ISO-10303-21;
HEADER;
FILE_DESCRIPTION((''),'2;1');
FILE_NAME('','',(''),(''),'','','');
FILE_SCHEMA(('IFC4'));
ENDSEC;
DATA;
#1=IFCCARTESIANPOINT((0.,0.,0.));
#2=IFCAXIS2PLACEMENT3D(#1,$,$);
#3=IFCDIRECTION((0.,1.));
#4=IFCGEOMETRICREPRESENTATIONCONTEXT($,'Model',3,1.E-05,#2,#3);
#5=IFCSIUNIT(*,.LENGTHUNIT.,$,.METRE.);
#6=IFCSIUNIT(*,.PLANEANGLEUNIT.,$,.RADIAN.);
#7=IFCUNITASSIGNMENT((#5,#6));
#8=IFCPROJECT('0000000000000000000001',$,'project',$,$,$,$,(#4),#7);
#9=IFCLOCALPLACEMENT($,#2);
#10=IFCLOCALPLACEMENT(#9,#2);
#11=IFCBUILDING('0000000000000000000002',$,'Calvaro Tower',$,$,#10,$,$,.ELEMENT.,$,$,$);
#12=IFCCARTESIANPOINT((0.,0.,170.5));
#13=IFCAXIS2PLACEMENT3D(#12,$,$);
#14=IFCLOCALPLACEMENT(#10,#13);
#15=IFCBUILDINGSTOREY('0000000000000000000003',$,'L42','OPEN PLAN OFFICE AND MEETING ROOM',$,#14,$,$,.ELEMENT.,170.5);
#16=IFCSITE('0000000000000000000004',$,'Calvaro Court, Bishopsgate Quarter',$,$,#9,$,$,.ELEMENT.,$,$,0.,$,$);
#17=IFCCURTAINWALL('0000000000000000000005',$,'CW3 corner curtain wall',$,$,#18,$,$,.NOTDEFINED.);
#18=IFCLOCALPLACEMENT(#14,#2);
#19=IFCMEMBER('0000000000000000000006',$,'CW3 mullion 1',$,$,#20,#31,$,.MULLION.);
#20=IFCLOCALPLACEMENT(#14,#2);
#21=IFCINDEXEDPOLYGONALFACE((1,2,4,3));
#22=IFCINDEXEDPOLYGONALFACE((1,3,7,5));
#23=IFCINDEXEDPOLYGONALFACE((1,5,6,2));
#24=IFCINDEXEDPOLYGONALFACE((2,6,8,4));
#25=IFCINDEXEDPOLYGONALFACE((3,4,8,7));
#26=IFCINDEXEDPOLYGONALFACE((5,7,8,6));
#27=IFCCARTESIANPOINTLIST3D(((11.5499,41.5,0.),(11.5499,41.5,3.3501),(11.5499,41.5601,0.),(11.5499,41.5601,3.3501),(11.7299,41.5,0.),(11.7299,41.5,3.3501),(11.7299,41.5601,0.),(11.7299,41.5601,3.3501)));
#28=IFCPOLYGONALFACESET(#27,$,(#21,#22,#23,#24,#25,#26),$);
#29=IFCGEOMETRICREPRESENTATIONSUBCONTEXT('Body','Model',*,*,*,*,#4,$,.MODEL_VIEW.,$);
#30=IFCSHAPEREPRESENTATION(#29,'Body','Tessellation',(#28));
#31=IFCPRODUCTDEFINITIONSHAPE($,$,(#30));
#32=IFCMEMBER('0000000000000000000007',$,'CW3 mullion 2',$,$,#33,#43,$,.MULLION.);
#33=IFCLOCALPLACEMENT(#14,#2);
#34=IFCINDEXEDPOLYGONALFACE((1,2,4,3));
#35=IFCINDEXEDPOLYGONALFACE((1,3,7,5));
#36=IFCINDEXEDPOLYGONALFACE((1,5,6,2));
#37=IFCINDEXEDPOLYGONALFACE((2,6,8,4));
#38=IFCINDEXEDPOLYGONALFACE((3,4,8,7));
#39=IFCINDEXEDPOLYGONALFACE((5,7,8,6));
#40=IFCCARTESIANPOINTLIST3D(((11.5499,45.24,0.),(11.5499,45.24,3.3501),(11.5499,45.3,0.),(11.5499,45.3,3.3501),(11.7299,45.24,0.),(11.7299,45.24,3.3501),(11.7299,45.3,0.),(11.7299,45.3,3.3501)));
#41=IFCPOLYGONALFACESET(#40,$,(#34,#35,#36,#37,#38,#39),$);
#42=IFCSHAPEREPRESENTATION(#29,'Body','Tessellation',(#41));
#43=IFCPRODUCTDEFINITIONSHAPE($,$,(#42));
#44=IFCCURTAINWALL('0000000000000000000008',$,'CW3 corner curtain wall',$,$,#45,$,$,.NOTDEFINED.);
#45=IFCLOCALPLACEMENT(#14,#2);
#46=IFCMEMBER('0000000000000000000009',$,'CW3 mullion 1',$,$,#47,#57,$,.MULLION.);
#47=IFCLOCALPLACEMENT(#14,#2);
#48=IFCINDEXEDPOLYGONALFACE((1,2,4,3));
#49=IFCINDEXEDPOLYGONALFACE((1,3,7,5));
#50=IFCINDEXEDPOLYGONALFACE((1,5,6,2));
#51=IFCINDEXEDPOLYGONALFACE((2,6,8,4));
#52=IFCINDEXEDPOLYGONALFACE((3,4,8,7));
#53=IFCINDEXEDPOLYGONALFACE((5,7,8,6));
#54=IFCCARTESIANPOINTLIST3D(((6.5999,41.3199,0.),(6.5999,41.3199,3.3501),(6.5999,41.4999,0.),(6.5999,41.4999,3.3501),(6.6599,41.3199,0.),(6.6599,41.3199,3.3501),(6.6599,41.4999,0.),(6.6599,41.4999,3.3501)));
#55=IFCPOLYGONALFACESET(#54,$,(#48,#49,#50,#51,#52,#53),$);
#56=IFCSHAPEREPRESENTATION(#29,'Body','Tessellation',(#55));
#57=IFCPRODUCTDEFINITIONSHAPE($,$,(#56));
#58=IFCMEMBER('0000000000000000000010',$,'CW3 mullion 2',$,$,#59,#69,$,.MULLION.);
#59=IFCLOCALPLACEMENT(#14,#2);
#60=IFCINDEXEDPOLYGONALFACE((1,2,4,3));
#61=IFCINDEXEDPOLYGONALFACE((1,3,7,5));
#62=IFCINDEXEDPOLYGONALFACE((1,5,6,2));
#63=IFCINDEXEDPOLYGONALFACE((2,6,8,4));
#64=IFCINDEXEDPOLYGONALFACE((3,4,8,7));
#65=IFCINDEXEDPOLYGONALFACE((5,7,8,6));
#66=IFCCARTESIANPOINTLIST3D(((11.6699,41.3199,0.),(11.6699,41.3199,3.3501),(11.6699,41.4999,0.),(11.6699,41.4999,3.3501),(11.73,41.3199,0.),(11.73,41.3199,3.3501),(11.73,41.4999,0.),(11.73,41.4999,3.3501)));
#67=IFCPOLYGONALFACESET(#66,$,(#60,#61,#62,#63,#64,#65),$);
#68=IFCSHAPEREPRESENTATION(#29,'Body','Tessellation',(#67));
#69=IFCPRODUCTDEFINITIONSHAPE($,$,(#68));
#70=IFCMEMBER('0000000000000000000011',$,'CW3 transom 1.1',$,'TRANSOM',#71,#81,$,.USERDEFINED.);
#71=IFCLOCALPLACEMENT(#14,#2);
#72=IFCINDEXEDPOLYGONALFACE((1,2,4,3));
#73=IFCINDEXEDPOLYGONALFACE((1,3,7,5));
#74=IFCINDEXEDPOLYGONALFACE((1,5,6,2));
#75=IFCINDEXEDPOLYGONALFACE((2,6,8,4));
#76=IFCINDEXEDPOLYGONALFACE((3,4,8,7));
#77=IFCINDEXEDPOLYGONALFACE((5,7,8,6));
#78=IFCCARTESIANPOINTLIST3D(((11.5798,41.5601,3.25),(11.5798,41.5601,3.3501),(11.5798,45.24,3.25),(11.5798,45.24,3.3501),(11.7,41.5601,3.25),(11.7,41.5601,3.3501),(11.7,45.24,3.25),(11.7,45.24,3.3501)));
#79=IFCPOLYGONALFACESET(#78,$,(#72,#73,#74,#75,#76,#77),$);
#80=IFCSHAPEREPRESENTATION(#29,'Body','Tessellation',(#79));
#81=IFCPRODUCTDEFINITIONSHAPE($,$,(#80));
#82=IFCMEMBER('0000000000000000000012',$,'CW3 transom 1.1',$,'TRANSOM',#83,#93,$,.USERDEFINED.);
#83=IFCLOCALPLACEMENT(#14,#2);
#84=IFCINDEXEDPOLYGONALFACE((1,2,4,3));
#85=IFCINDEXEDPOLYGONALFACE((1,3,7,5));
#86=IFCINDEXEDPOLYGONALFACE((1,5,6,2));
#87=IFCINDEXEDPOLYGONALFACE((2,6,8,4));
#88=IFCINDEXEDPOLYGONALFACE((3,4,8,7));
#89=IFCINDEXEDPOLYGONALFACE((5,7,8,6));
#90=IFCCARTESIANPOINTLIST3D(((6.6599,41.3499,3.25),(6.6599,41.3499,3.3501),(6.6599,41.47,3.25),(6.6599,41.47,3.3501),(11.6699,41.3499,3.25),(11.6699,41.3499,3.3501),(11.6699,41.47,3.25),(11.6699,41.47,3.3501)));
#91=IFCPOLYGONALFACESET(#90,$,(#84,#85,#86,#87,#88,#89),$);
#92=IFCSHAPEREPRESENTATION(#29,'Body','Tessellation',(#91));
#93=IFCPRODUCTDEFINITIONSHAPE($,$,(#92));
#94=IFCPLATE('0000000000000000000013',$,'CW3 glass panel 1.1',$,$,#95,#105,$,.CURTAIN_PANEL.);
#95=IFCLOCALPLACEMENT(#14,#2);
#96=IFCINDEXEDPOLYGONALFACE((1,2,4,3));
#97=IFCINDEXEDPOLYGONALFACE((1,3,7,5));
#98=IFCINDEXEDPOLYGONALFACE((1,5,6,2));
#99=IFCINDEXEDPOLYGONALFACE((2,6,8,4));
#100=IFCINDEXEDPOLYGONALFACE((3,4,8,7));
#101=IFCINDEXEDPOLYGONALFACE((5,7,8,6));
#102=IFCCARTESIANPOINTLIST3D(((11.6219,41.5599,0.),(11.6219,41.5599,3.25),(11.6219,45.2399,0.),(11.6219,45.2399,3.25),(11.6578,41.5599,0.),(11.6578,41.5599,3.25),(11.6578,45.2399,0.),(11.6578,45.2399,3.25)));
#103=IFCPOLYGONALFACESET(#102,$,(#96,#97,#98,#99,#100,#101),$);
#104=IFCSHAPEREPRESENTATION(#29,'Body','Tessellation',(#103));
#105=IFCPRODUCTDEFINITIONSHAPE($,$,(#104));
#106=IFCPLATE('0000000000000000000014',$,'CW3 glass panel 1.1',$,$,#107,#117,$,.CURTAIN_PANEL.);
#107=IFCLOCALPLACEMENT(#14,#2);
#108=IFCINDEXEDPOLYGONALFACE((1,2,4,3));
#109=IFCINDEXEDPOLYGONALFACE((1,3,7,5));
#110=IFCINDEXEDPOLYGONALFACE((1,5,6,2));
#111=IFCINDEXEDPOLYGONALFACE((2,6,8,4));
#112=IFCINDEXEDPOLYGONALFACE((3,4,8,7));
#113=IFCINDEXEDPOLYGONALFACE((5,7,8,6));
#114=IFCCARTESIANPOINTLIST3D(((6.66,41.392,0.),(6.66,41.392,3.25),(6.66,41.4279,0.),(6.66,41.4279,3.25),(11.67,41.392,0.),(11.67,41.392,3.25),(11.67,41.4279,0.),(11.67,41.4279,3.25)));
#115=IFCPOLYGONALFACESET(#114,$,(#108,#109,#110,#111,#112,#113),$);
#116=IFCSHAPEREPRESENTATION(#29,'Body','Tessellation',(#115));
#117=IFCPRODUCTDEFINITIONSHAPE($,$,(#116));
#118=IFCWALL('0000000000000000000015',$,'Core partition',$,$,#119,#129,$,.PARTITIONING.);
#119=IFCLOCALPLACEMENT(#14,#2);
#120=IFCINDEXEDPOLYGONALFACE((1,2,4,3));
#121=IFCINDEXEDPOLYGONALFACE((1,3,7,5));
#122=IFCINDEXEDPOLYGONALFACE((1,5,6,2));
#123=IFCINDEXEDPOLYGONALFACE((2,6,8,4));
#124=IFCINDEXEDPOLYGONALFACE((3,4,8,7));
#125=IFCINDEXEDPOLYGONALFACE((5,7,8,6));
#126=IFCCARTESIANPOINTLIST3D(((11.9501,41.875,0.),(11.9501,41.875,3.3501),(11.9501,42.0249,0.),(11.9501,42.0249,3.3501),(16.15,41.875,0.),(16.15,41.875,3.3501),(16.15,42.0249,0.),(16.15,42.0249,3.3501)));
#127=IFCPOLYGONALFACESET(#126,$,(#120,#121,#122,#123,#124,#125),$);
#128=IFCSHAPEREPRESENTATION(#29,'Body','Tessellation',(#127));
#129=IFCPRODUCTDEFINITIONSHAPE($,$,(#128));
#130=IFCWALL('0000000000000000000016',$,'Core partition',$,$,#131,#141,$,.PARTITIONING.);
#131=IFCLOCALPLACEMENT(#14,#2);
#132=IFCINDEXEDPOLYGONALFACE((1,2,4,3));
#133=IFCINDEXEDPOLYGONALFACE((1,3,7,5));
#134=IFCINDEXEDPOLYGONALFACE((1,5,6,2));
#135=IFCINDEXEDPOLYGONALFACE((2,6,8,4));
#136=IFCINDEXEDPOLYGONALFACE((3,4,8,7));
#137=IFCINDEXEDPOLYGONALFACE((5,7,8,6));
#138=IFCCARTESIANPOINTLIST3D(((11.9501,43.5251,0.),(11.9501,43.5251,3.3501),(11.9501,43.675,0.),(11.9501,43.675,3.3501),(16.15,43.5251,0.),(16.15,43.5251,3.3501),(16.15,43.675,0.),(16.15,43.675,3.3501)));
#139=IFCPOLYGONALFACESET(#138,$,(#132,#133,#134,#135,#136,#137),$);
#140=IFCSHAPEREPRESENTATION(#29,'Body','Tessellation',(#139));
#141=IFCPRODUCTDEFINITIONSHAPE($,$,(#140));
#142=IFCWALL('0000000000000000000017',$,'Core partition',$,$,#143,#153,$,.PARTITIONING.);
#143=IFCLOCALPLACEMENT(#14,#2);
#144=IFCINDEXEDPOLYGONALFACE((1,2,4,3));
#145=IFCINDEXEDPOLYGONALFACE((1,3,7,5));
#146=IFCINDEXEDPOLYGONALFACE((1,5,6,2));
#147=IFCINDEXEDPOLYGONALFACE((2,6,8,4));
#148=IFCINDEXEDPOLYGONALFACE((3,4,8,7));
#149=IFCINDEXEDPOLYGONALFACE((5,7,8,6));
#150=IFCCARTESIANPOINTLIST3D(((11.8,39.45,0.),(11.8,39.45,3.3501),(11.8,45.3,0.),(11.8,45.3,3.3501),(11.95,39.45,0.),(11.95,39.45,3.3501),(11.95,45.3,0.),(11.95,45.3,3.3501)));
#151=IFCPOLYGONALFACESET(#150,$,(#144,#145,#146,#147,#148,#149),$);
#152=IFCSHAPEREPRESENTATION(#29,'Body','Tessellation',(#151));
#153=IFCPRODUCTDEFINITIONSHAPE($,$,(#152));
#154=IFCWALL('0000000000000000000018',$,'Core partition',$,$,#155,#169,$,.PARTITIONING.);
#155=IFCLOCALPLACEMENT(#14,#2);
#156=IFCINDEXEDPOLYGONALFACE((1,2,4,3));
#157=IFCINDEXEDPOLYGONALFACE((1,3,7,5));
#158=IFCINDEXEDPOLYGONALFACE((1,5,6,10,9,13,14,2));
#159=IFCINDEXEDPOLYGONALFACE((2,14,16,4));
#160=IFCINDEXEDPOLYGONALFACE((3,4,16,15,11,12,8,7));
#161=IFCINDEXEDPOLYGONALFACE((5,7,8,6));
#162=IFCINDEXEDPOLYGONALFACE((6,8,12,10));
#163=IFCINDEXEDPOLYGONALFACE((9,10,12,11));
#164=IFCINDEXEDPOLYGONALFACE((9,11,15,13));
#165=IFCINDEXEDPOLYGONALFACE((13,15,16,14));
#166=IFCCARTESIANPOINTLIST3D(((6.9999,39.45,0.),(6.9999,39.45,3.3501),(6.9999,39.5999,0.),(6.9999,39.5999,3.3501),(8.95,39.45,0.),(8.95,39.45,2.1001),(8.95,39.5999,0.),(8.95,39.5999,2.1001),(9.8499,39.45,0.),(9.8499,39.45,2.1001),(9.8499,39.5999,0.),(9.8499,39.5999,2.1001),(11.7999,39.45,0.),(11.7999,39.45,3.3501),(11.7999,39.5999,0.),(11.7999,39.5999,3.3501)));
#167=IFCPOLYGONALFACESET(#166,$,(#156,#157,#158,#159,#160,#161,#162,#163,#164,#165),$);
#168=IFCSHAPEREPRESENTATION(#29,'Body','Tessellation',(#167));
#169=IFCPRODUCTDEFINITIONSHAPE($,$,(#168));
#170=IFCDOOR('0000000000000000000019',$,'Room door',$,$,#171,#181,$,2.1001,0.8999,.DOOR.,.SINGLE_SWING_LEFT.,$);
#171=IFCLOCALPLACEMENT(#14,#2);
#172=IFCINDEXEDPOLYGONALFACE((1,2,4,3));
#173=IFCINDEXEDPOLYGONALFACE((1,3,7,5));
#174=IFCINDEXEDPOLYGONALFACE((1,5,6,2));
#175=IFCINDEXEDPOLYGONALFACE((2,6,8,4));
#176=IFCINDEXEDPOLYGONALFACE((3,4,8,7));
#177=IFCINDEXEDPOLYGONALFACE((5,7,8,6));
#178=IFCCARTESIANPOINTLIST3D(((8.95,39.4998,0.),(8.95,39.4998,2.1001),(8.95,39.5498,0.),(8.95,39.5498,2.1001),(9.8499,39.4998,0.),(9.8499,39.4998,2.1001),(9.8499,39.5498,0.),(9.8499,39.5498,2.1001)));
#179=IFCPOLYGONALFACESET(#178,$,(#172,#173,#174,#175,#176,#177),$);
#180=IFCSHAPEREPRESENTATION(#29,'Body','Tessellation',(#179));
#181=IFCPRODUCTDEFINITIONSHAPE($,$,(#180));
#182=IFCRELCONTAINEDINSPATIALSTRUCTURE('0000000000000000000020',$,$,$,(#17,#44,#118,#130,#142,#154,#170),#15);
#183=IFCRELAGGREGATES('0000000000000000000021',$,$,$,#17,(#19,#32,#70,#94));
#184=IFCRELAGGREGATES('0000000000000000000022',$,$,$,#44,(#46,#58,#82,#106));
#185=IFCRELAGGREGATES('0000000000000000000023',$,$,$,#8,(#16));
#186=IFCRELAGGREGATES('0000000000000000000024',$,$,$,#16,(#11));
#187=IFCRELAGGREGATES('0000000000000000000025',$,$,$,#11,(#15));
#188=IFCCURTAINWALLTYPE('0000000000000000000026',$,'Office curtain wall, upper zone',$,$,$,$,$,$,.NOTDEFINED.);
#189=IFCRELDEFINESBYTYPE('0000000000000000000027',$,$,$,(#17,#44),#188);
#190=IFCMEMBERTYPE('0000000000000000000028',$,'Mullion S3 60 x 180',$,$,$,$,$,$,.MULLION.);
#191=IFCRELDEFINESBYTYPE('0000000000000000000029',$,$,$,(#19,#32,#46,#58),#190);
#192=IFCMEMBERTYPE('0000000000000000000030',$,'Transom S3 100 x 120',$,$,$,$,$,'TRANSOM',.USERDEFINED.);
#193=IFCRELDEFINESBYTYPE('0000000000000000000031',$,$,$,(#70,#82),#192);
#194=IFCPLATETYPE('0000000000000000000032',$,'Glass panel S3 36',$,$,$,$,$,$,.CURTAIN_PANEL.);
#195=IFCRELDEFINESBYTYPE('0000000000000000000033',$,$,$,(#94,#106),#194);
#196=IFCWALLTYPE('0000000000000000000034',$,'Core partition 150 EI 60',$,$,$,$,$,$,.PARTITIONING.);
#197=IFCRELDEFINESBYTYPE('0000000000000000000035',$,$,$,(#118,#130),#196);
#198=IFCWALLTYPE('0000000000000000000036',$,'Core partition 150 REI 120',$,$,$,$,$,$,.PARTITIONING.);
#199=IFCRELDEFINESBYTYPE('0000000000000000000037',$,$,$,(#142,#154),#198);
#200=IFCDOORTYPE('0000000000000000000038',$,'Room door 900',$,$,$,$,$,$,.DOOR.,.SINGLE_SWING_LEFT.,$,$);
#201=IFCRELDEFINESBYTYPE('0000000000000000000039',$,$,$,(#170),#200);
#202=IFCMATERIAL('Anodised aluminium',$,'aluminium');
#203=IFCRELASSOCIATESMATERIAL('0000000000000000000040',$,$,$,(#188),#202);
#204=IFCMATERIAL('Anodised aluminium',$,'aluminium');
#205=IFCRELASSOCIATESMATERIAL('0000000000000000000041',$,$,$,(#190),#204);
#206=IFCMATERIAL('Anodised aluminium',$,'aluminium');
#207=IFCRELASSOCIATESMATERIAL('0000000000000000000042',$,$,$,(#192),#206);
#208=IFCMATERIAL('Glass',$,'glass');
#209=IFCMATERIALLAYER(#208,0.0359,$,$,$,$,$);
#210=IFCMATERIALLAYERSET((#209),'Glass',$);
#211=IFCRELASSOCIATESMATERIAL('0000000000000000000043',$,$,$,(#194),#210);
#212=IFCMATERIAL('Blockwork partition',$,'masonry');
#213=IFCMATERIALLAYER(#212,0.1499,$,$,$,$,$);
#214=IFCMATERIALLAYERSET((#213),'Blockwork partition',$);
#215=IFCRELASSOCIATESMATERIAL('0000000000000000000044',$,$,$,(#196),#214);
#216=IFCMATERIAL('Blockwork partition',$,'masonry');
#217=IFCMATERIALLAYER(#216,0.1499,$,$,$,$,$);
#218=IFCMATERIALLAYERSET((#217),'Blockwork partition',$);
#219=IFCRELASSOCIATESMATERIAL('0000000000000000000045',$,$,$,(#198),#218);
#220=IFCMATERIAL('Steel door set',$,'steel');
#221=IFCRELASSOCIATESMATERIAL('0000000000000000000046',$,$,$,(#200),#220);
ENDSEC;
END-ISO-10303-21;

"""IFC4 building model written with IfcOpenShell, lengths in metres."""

from ifc_helpers import new_model, si_unit, direction, frame, frame_2d, origin, origin_2d, place, context, subcontext, project, spatial, rectangle, extrude, material, layer, layer_set, material_profile, profile_set, type_object, element, fill, aggregate, save


model = new_model("IFC4")

# Units and contexts
model_context = context("Model", 3, precision=1e-05, world=origin(), true_north=direction((0.0, 1.0)))
body_context = subcontext(model_context, "Body", "Model", "MODEL_VIEW")
ifc_project = project(units=[si_unit("LENGTHUNIT", "METRE"), si_unit("PLANEANGLEUNIT", "RADIAN")], contexts=[model_context])

# Site, building, storey
site_placement = place(None, origin())
site = spatial("IfcSite", under=ifc_project, at=site_placement, Name="Calvaro Court, Bishopsgate Quarter", CompositionType="ELEMENT", RefElevation=0.0)
building_placement = place(site_placement, origin())
building = spatial("IfcBuilding", under=site, at=building_placement, Name="Calvaro Tower", CompositionType="ELEMENT")
storey_placement = place(building_placement, frame((0.0, 0.0, 170.5)))
storey = spatial("IfcBuildingStorey", under=building, at=storey_placement, Name="L42", Description="OPEN PLAN OFFICE AND MEETING ROOM", CompositionType="ELEMENT", Elevation=170.5)

# Curtain walls, members
ifc_material_1 = material(Name="Anodised aluminium", Category="aluminium")
curtain_wall_type = type_object("IfcCurtainWallType", Name="Office curtain wall, upper zone", PredefinedType="NOTDEFINED", material=ifc_material_1)
curtain_wall_1_placement = place(storey_placement, origin())
curtain_wall_1 = element("IfcCurtainWall", 1, at=curtain_wall_1_placement, inside=storey, type_object=curtain_wall_type, Name="CW3 corner curtain wall", PredefinedType="NOTDEFINED")
ifc_material_2 = material(Name="Anodised aluminium", Category="aluminium")
ifc_material_profile_1 = material_profile(ifc_material_2, rectangle(XDim=0.1799, YDim=0.0601, at=origin_2d()), Name="Mullion S3 60 x 180")
ifc_profile_set_1 = profile_set([ifc_material_profile_1], Name="Anodised aluminium")
member_type_1 = type_object("IfcMemberType", Name="Mullion S3 60 x 180", PredefinedType="MULLION", material=ifc_profile_set_1)
member_1_placement = place(storey_placement, frame((11.6399, 41.53, 0.0), z_axis=(0.0, 0.0, 1.0), x_axis=(-1.0, 0.0, 0.0)))
member_1 = element("IfcMember", 2, at=member_1_placement, type_object=member_type_1, Name="CW3 mullion 1", PredefinedType="MULLION", context=body_context, shape_type="SweptSolid", body=[
    extrude(rectangle(XDim=0.1799, YDim=0.0601, at=origin_2d()), origin(), (0.0, 0.0, 1.0), 3.3501),
])
member_2_placement = place(storey_placement, frame((11.6399, 45.27, 0.0), z_axis=(0.0, 0.0, 1.0), x_axis=(-1.0, 0.0, 0.0)))
member_2 = element("IfcMember", 3, at=member_2_placement, type_object=member_type_1, Name="CW3 mullion 2", PredefinedType="MULLION", context=body_context, shape_type="SweptSolid", body=[
    extrude(rectangle(XDim=0.1799, YDim=0.0601, at=origin_2d()), origin(), (0.0, 0.0, 1.0), 3.3501),
])
curtain_wall_2_placement = place(storey_placement, origin())
curtain_wall_2 = element("IfcCurtainWall", 4, at=curtain_wall_2_placement, inside=storey, type_object=curtain_wall_type, Name="CW3 corner curtain wall", PredefinedType="NOTDEFINED")
member_3_placement = place(storey_placement, frame((6.6299, 41.4099, 0.0), z_axis=(0.0, 0.0, 1.0), x_axis=(0.0, 1.0, 0.0)))
member_3 = element("IfcMember", 5, at=member_3_placement, type_object=member_type_1, Name="CW3 mullion 1", PredefinedType="MULLION", context=body_context, shape_type="SweptSolid", body=[
    extrude(rectangle(XDim=0.1799, YDim=0.0601, at=origin_2d()), origin(), (0.0, 0.0, 1.0), 3.3501),
])
member_4_placement = place(storey_placement, frame((11.7, 41.4099, 0.0), z_axis=(0.0, 0.0, 1.0), x_axis=(0.0, 1.0, 0.0)))
member_4 = element("IfcMember", 6, at=member_4_placement, type_object=member_type_1, Name="CW3 mullion 2", PredefinedType="MULLION", context=body_context, shape_type="SweptSolid", body=[
    extrude(rectangle(XDim=0.1799, YDim=0.0601, at=origin_2d()), origin(), (0.0, 0.0, 1.0), 3.3501),
])

# Members
ifc_material_3 = material(Name="Anodised aluminium", Category="aluminium")
ifc_material_profile_2 = material_profile(ifc_material_3, rectangle(XDim=0.1201, YDim=0.1001, at=origin_2d()), Name="Transom S3 100 x 120")
ifc_profile_set_2 = profile_set([ifc_material_profile_2], Name="Anodised aluminium")
member_type_2 = type_object("IfcMemberType", Name="Transom S3 100 x 120", ElementType="TRANSOM", PredefinedType="USERDEFINED", material=ifc_profile_set_2)
member_5_placement = place(storey_placement, frame((11.6399, 41.5601, 3.3), z_axis=(0.0, 1.0, 0.0), x_axis=(-1.0, 0.0, 0.0)))
member_5 = element("IfcMember", 7, at=member_5_placement, type_object=member_type_2, Name="CW3 transom 1.1", ObjectType="TRANSOM", PredefinedType="USERDEFINED", context=body_context, shape_type="SweptSolid", body=[
    extrude(rectangle(XDim=0.1201, YDim=0.1001, at=origin_2d()), origin(), (0.0, 0.0, 1.0), 3.6799),
])
member_6_placement = place(storey_placement, frame((6.6599, 41.4099, 3.3), z_axis=(1.0, 0.0, 0.0), x_axis=(0.0, 1.0, 0.0)))
member_6 = element("IfcMember", 8, at=member_6_placement, type_object=member_type_2, Name="CW3 transom 1.1", ObjectType="TRANSOM", PredefinedType="USERDEFINED", context=body_context, shape_type="SweptSolid", body=[
    extrude(rectangle(XDim=0.1201, YDim=0.1001, at=origin_2d()), origin(), (0.0, 0.0, 1.0), 5.01),
])

# Plates
ifc_material_4 = material(Name="Glass", Category="glass")
ifc_layer_1 = layer(ifc_material_4, 0.0359)
ifc_layer_set_1 = layer_set([ifc_layer_1], Name="Glass")
plate_type = type_object("IfcPlateType", Name="Glass panel S3 36", PredefinedType="CURTAIN_PANEL", material=ifc_layer_set_1)
plate_1_placement = place(storey_placement, frame((11.6399, 43.3999, 0.0), z_axis=(0.0, 0.0, 1.0), x_axis=(0.0, 1.0, 0.0)))
plate_1 = element("IfcPlate", 9, at=plate_1_placement, type_object=plate_type, Name="CW3 glass panel 1.1", PredefinedType="CURTAIN_PANEL", context=body_context, shape_type="SweptSolid", body=[
    extrude(rectangle(XDim=3.6799, YDim=0.0359, at=origin_2d()), origin(), (0.0, 0.0, 1.0), 3.25),
])
aggregate(curtain_wall_1, [member_1, member_2, member_5, plate_1])
plate_2_placement = place(storey_placement, frame((9.165, 41.4099, 0.0), z_axis=(0.0, 0.0, 1.0), x_axis=(1.0, 0.0, 0.0)))
plate_2 = element("IfcPlate", 10, at=plate_2_placement, type_object=plate_type, Name="CW3 glass panel 1.1", PredefinedType="CURTAIN_PANEL", context=body_context, shape_type="SweptSolid", body=[
    extrude(rectangle(XDim=5.01, YDim=0.0359, at=origin_2d()), origin(), (0.0, 0.0, 1.0), 3.25),
])
aggregate(curtain_wall_2, [member_3, member_4, member_6, plate_2])

# Walls
ifc_material_5 = material(Name="Blockwork partition", Category="masonry")
ifc_layer_2 = layer(ifc_material_5, 0.1499)
ifc_layer_set_2 = layer_set([ifc_layer_2], Name="Blockwork partition")
wall_type_1 = type_object("IfcWallType", Name="Core partition 150 EI 60", PredefinedType="PARTITIONING", material=ifc_layer_set_2)
for number, where, z_axis, x_axis, name in (
    (11, (11.95, 41.95, 0.0), (0.0, 0.0, 1.0), (1.0, 0.0, 0.0), "Core partition"),
    (12, (11.95, 43.6001, 0.0), (0.0, 0.0, 1.0), (1.0, 0.0, 0.0), "Core partition"),
):
    element("IfcWall", number, at=place(storey_placement, frame(where, z_axis=z_axis, x_axis=x_axis)), inside=storey, type_object=wall_type_1, Name=name, PredefinedType="PARTITIONING", context=body_context, shape_type="SweptSolid", body=[
        extrude(rectangle(XDim=4.2, YDim=0.1499, at=frame_2d((2.1001, 0.0))), origin(), (0.0, 0.0, 1.0), 3.3501),
    ])
ifc_material_6 = material(Name="Blockwork partition", Category="masonry")
ifc_layer_3 = layer(ifc_material_6, 0.1499)
ifc_layer_set_3 = layer_set([ifc_layer_3], Name="Blockwork partition")
wall_type_2 = type_object("IfcWallType", Name="Core partition 150 REI 120", PredefinedType="PARTITIONING", material=ifc_layer_set_3)
wall_1_placement = place(storey_placement, frame((11.875, 39.45, 0.0), z_axis=(0.0, 0.0, 1.0), x_axis=(0.0, 1.0, 0.0)))
element("IfcWall", 13, at=wall_1_placement, inside=storey, type_object=wall_type_2, Name="Core partition", PredefinedType="PARTITIONING", context=body_context, shape_type="SweptSolid", body=[
    extrude(rectangle(XDim=5.8501, YDim=0.1499, at=frame_2d((2.925, 0.0))), origin(), (0.0, 0.0, 1.0), 3.3501),
])

# Wall, opening, door
wall_2_placement = place(storey_placement, frame((7.0, 39.5249, 0.0), z_axis=(0.0, 0.0, 1.0), x_axis=(1.0, 0.0, 0.0)))
wall_2 = element("IfcWall", 14, at=wall_2_placement, inside=storey, type_object=wall_type_2, Name="Core partition", PredefinedType="PARTITIONING", context=body_context, shape_type="SweptSolid", body=[
    extrude(rectangle(XDim=4.8, YDim=0.1499, at=frame_2d((2.3999, 0.0))), origin(), (0.0, 0.0, 1.0), 3.3501),
])
opening_1_placement = place(wall_2_placement, frame((1.95, 0.0, 0.0)))
opening_1 = element("IfcOpeningElement", 15, at=opening_1_placement, cuts=wall_2, PredefinedType="OPENING", context=body_context, shape_type="SweptSolid", body=[
    extrude(rectangle(XDim=0.8999, YDim=2.1001, at=frame_2d((0.45, 1.05))), frame((0.0, 0.085, 0.0), z_axis=(0.0, -1.0, 0.0), x_axis=(1.0, 0.0, 0.0)), (0.0, 0.0, 1.0), 0.1699),
])
ifc_material_7 = material(Name="Steel door set", Category="steel")
door_type = type_object("IfcDoorType", Name="Room door 900", OperationType="SINGLE_SWING_LEFT", PredefinedType="DOOR", material=ifc_material_7)
door_placement = place(opening_1_placement, origin())
door = element("IfcDoor", 16, at=door_placement, inside=storey, type_object=door_type, Name="Room door", OperationType="SINGLE_SWING_LEFT", OverallHeight=2.1001, OverallWidth=0.8999, PredefinedType="DOOR", context=body_context, shape_type="SweptSolid", body=[
    extrude(rectangle(XDim=0.8999, YDim=2.1001, at=frame_2d((0.45, 1.05))), frame((0.0, 0.0249, 0.0), z_axis=(0.0, -1.0, 0.0), x_axis=(1.0, 0.0, 0.0)), (0.0, 0.0, 1.0), 0.05),
])
fill(opening_1, door)

save(model, "model.ifc")
